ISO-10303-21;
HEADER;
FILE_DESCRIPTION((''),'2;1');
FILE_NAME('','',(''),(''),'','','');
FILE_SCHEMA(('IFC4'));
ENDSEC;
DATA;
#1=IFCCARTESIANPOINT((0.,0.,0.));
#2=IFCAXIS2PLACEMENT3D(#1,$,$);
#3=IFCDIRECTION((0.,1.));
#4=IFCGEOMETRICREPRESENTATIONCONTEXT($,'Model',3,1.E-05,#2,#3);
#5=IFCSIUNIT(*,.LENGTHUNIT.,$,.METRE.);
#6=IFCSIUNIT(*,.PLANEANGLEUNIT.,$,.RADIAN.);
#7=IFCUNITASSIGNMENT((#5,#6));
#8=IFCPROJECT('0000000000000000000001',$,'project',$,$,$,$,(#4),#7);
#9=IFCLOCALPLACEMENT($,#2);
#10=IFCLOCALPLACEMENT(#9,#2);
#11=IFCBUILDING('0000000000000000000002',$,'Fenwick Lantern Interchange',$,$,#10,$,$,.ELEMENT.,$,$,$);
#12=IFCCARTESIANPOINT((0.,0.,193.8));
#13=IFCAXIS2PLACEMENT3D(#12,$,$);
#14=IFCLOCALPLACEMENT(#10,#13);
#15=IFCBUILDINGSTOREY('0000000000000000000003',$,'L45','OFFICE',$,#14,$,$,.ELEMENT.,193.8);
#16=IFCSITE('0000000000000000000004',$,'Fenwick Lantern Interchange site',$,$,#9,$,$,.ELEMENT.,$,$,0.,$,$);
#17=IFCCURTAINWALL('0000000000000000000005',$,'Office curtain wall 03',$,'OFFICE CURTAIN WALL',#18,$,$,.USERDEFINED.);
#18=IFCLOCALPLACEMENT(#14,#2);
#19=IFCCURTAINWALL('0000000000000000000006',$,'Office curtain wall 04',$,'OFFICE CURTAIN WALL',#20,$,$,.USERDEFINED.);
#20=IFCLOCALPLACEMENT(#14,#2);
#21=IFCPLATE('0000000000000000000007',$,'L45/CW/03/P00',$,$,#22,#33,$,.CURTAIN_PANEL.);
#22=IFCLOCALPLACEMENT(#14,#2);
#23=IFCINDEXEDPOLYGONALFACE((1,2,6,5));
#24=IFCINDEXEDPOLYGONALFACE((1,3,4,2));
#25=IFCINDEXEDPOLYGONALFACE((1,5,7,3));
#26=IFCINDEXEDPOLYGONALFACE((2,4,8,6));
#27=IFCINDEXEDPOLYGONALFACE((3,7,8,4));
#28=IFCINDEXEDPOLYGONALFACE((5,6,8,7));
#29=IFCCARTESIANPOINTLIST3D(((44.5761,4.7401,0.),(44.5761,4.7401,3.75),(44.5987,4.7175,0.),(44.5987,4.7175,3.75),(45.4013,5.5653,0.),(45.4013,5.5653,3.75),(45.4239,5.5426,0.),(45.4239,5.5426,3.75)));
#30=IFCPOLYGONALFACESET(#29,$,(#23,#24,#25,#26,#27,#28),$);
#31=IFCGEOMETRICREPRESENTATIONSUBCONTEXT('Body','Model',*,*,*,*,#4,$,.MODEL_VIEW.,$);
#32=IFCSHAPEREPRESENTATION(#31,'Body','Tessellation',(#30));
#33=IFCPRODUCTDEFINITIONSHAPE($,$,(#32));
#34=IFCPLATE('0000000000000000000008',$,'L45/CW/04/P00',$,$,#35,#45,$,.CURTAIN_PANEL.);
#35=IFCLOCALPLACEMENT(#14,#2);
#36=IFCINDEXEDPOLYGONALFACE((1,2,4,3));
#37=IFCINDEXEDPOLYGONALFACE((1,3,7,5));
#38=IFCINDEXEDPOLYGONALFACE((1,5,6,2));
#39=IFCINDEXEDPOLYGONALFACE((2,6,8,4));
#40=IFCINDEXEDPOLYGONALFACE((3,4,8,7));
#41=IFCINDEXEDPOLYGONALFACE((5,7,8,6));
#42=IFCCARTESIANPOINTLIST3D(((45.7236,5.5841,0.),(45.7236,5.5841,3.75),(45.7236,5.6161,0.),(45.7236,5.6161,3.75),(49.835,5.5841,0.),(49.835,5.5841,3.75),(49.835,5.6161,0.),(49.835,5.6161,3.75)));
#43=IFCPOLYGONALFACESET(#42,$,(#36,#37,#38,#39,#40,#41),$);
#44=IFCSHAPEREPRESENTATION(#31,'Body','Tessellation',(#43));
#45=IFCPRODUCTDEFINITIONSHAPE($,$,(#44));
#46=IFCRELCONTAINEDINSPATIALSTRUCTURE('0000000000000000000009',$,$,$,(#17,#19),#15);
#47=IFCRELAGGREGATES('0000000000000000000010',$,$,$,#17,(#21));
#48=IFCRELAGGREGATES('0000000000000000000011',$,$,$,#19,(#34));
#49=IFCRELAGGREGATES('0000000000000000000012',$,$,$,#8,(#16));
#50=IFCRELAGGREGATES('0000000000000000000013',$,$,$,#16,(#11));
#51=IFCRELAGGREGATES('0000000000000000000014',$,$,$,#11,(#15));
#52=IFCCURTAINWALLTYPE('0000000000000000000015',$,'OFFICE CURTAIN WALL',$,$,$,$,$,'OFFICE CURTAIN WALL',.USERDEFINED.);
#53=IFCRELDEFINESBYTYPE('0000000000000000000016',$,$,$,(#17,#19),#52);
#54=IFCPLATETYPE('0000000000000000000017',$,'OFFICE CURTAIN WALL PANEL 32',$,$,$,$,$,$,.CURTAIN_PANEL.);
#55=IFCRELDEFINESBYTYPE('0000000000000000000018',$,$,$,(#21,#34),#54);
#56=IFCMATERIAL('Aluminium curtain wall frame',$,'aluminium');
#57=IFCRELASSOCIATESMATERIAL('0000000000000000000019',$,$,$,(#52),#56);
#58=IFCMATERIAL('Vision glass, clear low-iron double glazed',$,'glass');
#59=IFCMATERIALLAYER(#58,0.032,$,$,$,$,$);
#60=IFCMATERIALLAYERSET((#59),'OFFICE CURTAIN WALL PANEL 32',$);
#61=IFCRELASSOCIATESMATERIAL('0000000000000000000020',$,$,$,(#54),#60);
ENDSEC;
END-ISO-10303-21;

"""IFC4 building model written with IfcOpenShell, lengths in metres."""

from ifc_helpers import new_model, si_unit, direction, frame, origin, origin_2d, place, context, subcontext, project, spatial, rectangle, extrude, material, layer, layer_set, type_object, element, aggregate, save


model = new_model("IFC4")

# Units and contexts
model_context = context("Model", 3, precision=1e-05, world=origin(), true_north=direction((0.0, 1.0)))
body_context = subcontext(model_context, "Body", "Model", "MODEL_VIEW")
ifc_project = project(units=[si_unit("LENGTHUNIT", "METRE"), si_unit("PLANEANGLEUNIT", "RADIAN")], contexts=[model_context])

# Site, building, storey
site_placement = place(None, origin())
site = spatial("IfcSite", under=ifc_project, at=site_placement, Name="Fenwick Lantern Interchange site", CompositionType="ELEMENT", RefElevation=0.0)
building_placement = place(site_placement, origin())
building = spatial("IfcBuilding", under=site, at=building_placement, Name="Fenwick Lantern Interchange", CompositionType="ELEMENT")
storey_placement = place(building_placement, frame((0.0, 0.0, 193.8)))
storey = spatial("IfcBuildingStorey", under=building, at=storey_placement, Name="L45", Description="OFFICE", CompositionType="ELEMENT", Elevation=193.8)

# Shared definitions
ifc_material_1 = material(Name="Aluminium curtain wall frame", Category="aluminium")
curtain_wall_type = type_object("IfcCurtainWallType", Name="OFFICE CURTAIN WALL", ElementType="OFFICE CURTAIN WALL", PredefinedType="USERDEFINED", material=ifc_material_1)

# Curtain walls
curtain_wall_1_placement = place(storey_placement, origin())
curtain_wall_1 = element("IfcCurtainWall", 1, at=curtain_wall_1_placement, inside=storey, type_object=curtain_wall_type, Name="Office curtain wall 03", ObjectType="OFFICE CURTAIN WALL", PredefinedType="USERDEFINED")
curtain_wall_2_placement = place(storey_placement, origin())
curtain_wall_2 = element("IfcCurtainWall", 2, at=curtain_wall_2_placement, inside=storey, type_object=curtain_wall_type, Name="Office curtain wall 04", ObjectType="OFFICE CURTAIN WALL", PredefinedType="USERDEFINED")

# Plates
ifc_material_2 = material(Name="Vision glass, clear low-iron double glazed", Category="glass")
ifc_layer_1 = layer(ifc_material_2, 0.032)
ifc_layer_set_1 = layer_set([ifc_layer_1], Name="OFFICE CURTAIN WALL PANEL 32")
plate_type = type_object("IfcPlateType", Name="OFFICE CURTAIN WALL PANEL 32", PredefinedType="CURTAIN_PANEL", material=ifc_layer_set_1)
plate_1_placement = place(storey_placement, frame((45.0, 5.1414, 0.0), z_axis=(0.0, 0.0, 1.0), x_axis=(0.707107, 0.707107, 0.0)))
plate_1 = element("IfcPlate", 3, at=plate_1_placement, type_object=plate_type, Name="L45/CW/03/P00", PredefinedType="CURTAIN_PANEL", context=body_context, shape_type="SweptSolid", body=[
    extrude(rectangle(XDim=1.167, YDim=0.032, at=origin_2d()), origin(), (0.0, 0.0, 1.0), 3.75),
])
aggregate(curtain_wall_1, [plate_1])
plate_2_placement = place(storey_placement, frame((47.7793, 5.6001, 0.0), z_axis=(0.0, 0.0, 1.0), x_axis=(1.0, 0.0, 0.0)))
plate_2 = element("IfcPlate", 4, at=plate_2_placement, type_object=plate_type, Name="L45/CW/04/P00", PredefinedType="CURTAIN_PANEL", context=body_context, shape_type="SweptSolid", body=[
    extrude(rectangle(XDim=4.1113, YDim=0.032, at=origin_2d()), origin(), (0.0, 0.0, 1.0), 3.75),
])
aggregate(curtain_wall_2, [plate_2])

save(model, "model.ifc")
